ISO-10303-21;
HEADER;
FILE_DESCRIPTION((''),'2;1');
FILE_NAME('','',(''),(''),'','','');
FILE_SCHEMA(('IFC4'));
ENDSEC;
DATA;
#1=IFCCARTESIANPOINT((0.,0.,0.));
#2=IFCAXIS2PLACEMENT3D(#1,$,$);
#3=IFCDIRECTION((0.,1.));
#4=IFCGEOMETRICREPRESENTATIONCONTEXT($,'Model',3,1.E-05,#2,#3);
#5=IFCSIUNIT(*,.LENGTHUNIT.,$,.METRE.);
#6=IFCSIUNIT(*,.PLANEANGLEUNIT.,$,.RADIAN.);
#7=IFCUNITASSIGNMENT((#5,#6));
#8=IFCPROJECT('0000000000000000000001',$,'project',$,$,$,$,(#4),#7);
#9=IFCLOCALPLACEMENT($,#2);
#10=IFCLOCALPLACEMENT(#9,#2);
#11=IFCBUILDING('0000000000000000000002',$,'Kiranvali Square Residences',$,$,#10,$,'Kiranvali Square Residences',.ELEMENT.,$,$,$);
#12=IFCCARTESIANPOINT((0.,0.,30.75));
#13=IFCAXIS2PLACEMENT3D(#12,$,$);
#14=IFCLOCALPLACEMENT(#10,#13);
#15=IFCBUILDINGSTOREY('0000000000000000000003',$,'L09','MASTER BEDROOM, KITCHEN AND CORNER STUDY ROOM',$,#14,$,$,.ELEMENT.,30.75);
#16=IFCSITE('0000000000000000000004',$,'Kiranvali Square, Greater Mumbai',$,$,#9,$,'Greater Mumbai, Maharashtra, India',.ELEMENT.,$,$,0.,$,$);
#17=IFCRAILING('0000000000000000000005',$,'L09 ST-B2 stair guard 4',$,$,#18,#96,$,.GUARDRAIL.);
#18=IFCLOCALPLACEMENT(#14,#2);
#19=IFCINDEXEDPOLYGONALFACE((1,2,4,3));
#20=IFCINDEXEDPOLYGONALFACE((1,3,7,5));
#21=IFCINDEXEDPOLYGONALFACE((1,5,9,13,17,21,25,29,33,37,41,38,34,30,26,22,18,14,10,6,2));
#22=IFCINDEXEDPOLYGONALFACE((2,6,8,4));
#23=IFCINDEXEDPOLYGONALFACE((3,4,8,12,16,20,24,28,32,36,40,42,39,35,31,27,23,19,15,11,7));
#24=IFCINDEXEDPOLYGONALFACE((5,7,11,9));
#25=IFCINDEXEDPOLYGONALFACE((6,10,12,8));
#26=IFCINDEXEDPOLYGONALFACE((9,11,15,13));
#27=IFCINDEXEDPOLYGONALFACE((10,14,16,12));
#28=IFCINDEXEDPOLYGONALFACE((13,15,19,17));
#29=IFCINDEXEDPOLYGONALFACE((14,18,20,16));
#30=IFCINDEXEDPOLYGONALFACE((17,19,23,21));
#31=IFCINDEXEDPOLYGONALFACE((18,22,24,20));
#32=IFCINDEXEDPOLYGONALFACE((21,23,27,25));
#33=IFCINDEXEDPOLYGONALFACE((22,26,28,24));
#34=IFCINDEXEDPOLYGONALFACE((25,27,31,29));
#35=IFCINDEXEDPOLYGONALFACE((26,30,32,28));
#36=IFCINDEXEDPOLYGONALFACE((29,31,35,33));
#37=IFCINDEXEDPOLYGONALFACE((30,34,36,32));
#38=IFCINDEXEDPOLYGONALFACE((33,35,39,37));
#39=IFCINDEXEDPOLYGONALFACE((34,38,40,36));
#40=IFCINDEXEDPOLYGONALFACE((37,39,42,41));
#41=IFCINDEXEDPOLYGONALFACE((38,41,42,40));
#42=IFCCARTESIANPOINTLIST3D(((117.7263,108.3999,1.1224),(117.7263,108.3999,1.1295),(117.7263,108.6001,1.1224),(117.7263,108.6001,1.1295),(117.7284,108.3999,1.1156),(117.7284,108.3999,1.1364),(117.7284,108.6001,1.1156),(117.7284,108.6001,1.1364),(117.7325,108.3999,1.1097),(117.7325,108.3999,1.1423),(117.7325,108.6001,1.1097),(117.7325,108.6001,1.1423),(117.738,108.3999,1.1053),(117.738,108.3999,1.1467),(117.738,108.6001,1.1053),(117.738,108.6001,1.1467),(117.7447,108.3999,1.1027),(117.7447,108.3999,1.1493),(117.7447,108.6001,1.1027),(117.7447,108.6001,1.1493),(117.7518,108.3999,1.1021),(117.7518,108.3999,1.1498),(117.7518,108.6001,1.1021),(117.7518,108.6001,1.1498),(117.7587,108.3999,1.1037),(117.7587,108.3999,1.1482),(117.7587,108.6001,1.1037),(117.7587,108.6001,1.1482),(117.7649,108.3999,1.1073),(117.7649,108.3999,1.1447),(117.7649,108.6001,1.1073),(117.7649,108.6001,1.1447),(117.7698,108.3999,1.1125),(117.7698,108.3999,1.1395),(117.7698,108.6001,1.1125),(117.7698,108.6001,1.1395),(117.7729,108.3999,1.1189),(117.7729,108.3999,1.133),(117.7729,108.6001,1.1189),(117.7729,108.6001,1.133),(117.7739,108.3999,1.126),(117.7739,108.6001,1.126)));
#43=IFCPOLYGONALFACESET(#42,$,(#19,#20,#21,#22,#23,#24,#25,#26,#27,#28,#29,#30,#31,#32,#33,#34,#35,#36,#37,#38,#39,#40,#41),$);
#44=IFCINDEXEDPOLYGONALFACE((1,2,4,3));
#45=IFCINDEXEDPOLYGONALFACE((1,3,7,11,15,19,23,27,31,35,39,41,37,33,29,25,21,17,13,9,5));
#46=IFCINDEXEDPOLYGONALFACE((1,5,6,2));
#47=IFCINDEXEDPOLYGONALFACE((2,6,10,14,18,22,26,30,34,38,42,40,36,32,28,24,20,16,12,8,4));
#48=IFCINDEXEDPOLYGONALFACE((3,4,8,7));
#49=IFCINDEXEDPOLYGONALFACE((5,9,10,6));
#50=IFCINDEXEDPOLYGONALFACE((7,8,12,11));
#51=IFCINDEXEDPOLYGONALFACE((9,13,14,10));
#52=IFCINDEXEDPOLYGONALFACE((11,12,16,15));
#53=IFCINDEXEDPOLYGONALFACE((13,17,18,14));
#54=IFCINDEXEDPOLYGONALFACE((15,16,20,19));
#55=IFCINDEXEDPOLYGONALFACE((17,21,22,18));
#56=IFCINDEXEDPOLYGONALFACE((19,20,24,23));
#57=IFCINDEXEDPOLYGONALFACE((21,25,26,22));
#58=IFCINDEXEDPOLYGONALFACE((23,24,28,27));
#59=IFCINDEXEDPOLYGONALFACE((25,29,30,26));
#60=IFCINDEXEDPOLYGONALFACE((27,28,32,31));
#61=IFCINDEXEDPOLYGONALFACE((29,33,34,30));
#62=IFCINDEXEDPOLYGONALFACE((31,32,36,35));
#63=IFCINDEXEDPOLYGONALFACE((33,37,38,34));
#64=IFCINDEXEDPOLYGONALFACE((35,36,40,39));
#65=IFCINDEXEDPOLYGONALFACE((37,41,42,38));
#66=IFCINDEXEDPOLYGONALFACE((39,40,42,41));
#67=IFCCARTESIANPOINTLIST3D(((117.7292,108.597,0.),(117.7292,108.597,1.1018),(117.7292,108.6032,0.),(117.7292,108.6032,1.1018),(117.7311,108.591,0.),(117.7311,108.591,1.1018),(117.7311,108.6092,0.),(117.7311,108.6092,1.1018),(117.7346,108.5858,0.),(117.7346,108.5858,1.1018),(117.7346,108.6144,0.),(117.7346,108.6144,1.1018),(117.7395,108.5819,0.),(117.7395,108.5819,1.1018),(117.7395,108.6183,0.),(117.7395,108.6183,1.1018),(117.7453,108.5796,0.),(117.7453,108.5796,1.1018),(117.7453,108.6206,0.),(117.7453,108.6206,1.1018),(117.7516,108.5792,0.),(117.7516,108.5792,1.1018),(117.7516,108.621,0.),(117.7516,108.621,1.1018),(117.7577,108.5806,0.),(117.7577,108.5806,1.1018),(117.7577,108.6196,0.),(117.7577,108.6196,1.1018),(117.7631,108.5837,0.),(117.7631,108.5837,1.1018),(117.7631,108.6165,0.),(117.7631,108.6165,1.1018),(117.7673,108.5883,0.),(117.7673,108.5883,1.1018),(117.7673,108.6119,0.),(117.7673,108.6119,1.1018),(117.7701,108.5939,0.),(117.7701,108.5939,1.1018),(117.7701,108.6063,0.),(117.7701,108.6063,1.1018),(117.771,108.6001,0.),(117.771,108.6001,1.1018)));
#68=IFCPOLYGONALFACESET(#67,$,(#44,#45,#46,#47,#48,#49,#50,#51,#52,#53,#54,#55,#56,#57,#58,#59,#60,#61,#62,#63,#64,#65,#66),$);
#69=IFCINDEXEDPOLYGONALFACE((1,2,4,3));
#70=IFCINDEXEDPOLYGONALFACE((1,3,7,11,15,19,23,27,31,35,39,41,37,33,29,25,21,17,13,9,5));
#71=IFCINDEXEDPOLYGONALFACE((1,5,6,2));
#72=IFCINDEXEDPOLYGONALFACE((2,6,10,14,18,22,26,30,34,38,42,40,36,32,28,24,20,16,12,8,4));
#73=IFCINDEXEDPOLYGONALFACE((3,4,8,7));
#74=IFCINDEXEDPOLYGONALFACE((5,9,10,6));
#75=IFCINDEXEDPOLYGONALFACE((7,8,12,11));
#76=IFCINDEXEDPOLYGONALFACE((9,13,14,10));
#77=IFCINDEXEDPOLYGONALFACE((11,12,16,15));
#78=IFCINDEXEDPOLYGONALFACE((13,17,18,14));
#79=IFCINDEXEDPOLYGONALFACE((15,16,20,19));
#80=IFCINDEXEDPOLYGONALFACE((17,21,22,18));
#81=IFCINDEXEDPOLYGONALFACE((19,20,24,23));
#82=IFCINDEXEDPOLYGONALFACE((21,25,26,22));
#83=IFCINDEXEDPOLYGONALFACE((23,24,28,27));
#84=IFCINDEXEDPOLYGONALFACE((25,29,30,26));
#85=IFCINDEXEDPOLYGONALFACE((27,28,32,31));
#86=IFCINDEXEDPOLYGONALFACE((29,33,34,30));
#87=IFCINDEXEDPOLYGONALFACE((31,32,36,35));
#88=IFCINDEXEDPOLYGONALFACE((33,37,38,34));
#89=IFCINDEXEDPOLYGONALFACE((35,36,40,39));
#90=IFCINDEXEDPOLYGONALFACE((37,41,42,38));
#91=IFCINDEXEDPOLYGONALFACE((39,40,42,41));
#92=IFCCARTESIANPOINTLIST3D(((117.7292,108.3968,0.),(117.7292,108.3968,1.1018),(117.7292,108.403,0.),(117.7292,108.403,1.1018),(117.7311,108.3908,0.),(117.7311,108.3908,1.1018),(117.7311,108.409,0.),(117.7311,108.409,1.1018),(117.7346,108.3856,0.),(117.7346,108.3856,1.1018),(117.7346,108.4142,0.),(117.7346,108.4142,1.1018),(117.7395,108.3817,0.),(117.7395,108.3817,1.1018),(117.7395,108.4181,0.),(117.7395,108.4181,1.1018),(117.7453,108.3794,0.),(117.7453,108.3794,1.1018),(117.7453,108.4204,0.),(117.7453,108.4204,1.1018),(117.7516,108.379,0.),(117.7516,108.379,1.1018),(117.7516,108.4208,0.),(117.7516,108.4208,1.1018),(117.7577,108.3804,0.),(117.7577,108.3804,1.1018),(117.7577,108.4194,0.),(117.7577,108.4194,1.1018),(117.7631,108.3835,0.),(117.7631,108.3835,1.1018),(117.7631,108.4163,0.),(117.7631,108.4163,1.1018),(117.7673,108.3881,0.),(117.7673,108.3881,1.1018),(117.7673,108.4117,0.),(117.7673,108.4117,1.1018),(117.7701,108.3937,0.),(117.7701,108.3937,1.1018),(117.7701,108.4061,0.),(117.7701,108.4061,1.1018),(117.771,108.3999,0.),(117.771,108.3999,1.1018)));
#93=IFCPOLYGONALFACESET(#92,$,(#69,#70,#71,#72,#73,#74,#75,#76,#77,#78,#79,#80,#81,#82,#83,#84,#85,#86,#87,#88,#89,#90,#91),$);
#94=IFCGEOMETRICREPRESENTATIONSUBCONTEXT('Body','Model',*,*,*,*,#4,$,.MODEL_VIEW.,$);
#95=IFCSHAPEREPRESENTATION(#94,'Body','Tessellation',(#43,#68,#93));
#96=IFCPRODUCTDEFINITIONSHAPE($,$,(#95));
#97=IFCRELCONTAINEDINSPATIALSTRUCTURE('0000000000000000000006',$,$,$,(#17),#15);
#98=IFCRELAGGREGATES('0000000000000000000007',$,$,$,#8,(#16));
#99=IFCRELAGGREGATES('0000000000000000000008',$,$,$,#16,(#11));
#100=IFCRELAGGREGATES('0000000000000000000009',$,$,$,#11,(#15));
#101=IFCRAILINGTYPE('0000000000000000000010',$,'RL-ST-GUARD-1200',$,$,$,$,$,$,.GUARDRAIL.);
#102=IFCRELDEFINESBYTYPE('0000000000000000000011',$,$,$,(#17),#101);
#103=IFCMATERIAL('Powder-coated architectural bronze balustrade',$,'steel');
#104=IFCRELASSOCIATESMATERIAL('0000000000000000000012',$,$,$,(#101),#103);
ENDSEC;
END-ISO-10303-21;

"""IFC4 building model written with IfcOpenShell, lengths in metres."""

from ifc_helpers import new_model, si_unit, direction, frame, origin, origin_2d, place, context, subcontext, project, spatial, circle, extrude, material, type_object, element, save


model = new_model("IFC4")

# Units and contexts
model_context = context("Model", 3, precision=1e-05, world=origin(), true_north=direction((0.0, 1.0)))
body_context = subcontext(model_context, "Body", "Model", "MODEL_VIEW")
ifc_project = project(units=[si_unit("LENGTHUNIT", "METRE"), si_unit("PLANEANGLEUNIT", "RADIAN")], contexts=[model_context])

# Site, building, storey
site_placement = place(None, origin())
site = spatial("IfcSite", under=ifc_project, at=site_placement, Name="Kiranvali Square, Greater Mumbai", LongName="Greater Mumbai, Maharashtra, India", CompositionType="ELEMENT", RefElevation=0.0)
building_placement = place(site_placement, origin())
building = spatial("IfcBuilding", under=site, at=building_placement, Name="Kiranvali Square Residences", LongName="Kiranvali Square Residences", CompositionType="ELEMENT")
storey_placement = place(building_placement, frame((0.0, 0.0, 30.75)))
storey = spatial("IfcBuildingStorey", under=building, at=storey_placement, Name="L09", Description="MASTER BEDROOM, KITCHEN AND CORNER STUDY ROOM", CompositionType="ELEMENT", Elevation=30.75)

# Railing
ifc_material_1 = material(Name="Powder-coated architectural bronze balustrade", Category="steel")
railing_type_1 = type_object("IfcRailingType", Name="RL-ST-GUARD-1200", PredefinedType="GUARDRAIL", material=ifc_material_1)
railing_1_placement = place(storey_placement, frame((117.75, 108.6001, 0.0)))
element("IfcRailing", 1, at=railing_1_placement, inside=storey, type_object=railing_type_1, Name="L09 ST-B2 stair guard 4", PredefinedType="GUARDRAIL", context=body_context, shape_type="SweptSolid", body=[
    extrude(circle(Radius=0.0239, at=origin_2d()), frame((0.0, 0.0, 1.126), z_axis=(0.0, -1.0, 0.0), x_axis=(1.0, 0.0, 0.0)), (0.0, 0.0, 1.0), 0.2002),
    extrude(circle(Radius=0.021, at=origin_2d()), origin(), (0.0, 0.0, 1.0), 1.1018),
    extrude(circle(Radius=0.021, at=origin_2d()), frame((0.0, -0.2002, 0.0)), (0.0, 0.0, 1.0), 1.1018),
])

save(model, "model.ifc")
